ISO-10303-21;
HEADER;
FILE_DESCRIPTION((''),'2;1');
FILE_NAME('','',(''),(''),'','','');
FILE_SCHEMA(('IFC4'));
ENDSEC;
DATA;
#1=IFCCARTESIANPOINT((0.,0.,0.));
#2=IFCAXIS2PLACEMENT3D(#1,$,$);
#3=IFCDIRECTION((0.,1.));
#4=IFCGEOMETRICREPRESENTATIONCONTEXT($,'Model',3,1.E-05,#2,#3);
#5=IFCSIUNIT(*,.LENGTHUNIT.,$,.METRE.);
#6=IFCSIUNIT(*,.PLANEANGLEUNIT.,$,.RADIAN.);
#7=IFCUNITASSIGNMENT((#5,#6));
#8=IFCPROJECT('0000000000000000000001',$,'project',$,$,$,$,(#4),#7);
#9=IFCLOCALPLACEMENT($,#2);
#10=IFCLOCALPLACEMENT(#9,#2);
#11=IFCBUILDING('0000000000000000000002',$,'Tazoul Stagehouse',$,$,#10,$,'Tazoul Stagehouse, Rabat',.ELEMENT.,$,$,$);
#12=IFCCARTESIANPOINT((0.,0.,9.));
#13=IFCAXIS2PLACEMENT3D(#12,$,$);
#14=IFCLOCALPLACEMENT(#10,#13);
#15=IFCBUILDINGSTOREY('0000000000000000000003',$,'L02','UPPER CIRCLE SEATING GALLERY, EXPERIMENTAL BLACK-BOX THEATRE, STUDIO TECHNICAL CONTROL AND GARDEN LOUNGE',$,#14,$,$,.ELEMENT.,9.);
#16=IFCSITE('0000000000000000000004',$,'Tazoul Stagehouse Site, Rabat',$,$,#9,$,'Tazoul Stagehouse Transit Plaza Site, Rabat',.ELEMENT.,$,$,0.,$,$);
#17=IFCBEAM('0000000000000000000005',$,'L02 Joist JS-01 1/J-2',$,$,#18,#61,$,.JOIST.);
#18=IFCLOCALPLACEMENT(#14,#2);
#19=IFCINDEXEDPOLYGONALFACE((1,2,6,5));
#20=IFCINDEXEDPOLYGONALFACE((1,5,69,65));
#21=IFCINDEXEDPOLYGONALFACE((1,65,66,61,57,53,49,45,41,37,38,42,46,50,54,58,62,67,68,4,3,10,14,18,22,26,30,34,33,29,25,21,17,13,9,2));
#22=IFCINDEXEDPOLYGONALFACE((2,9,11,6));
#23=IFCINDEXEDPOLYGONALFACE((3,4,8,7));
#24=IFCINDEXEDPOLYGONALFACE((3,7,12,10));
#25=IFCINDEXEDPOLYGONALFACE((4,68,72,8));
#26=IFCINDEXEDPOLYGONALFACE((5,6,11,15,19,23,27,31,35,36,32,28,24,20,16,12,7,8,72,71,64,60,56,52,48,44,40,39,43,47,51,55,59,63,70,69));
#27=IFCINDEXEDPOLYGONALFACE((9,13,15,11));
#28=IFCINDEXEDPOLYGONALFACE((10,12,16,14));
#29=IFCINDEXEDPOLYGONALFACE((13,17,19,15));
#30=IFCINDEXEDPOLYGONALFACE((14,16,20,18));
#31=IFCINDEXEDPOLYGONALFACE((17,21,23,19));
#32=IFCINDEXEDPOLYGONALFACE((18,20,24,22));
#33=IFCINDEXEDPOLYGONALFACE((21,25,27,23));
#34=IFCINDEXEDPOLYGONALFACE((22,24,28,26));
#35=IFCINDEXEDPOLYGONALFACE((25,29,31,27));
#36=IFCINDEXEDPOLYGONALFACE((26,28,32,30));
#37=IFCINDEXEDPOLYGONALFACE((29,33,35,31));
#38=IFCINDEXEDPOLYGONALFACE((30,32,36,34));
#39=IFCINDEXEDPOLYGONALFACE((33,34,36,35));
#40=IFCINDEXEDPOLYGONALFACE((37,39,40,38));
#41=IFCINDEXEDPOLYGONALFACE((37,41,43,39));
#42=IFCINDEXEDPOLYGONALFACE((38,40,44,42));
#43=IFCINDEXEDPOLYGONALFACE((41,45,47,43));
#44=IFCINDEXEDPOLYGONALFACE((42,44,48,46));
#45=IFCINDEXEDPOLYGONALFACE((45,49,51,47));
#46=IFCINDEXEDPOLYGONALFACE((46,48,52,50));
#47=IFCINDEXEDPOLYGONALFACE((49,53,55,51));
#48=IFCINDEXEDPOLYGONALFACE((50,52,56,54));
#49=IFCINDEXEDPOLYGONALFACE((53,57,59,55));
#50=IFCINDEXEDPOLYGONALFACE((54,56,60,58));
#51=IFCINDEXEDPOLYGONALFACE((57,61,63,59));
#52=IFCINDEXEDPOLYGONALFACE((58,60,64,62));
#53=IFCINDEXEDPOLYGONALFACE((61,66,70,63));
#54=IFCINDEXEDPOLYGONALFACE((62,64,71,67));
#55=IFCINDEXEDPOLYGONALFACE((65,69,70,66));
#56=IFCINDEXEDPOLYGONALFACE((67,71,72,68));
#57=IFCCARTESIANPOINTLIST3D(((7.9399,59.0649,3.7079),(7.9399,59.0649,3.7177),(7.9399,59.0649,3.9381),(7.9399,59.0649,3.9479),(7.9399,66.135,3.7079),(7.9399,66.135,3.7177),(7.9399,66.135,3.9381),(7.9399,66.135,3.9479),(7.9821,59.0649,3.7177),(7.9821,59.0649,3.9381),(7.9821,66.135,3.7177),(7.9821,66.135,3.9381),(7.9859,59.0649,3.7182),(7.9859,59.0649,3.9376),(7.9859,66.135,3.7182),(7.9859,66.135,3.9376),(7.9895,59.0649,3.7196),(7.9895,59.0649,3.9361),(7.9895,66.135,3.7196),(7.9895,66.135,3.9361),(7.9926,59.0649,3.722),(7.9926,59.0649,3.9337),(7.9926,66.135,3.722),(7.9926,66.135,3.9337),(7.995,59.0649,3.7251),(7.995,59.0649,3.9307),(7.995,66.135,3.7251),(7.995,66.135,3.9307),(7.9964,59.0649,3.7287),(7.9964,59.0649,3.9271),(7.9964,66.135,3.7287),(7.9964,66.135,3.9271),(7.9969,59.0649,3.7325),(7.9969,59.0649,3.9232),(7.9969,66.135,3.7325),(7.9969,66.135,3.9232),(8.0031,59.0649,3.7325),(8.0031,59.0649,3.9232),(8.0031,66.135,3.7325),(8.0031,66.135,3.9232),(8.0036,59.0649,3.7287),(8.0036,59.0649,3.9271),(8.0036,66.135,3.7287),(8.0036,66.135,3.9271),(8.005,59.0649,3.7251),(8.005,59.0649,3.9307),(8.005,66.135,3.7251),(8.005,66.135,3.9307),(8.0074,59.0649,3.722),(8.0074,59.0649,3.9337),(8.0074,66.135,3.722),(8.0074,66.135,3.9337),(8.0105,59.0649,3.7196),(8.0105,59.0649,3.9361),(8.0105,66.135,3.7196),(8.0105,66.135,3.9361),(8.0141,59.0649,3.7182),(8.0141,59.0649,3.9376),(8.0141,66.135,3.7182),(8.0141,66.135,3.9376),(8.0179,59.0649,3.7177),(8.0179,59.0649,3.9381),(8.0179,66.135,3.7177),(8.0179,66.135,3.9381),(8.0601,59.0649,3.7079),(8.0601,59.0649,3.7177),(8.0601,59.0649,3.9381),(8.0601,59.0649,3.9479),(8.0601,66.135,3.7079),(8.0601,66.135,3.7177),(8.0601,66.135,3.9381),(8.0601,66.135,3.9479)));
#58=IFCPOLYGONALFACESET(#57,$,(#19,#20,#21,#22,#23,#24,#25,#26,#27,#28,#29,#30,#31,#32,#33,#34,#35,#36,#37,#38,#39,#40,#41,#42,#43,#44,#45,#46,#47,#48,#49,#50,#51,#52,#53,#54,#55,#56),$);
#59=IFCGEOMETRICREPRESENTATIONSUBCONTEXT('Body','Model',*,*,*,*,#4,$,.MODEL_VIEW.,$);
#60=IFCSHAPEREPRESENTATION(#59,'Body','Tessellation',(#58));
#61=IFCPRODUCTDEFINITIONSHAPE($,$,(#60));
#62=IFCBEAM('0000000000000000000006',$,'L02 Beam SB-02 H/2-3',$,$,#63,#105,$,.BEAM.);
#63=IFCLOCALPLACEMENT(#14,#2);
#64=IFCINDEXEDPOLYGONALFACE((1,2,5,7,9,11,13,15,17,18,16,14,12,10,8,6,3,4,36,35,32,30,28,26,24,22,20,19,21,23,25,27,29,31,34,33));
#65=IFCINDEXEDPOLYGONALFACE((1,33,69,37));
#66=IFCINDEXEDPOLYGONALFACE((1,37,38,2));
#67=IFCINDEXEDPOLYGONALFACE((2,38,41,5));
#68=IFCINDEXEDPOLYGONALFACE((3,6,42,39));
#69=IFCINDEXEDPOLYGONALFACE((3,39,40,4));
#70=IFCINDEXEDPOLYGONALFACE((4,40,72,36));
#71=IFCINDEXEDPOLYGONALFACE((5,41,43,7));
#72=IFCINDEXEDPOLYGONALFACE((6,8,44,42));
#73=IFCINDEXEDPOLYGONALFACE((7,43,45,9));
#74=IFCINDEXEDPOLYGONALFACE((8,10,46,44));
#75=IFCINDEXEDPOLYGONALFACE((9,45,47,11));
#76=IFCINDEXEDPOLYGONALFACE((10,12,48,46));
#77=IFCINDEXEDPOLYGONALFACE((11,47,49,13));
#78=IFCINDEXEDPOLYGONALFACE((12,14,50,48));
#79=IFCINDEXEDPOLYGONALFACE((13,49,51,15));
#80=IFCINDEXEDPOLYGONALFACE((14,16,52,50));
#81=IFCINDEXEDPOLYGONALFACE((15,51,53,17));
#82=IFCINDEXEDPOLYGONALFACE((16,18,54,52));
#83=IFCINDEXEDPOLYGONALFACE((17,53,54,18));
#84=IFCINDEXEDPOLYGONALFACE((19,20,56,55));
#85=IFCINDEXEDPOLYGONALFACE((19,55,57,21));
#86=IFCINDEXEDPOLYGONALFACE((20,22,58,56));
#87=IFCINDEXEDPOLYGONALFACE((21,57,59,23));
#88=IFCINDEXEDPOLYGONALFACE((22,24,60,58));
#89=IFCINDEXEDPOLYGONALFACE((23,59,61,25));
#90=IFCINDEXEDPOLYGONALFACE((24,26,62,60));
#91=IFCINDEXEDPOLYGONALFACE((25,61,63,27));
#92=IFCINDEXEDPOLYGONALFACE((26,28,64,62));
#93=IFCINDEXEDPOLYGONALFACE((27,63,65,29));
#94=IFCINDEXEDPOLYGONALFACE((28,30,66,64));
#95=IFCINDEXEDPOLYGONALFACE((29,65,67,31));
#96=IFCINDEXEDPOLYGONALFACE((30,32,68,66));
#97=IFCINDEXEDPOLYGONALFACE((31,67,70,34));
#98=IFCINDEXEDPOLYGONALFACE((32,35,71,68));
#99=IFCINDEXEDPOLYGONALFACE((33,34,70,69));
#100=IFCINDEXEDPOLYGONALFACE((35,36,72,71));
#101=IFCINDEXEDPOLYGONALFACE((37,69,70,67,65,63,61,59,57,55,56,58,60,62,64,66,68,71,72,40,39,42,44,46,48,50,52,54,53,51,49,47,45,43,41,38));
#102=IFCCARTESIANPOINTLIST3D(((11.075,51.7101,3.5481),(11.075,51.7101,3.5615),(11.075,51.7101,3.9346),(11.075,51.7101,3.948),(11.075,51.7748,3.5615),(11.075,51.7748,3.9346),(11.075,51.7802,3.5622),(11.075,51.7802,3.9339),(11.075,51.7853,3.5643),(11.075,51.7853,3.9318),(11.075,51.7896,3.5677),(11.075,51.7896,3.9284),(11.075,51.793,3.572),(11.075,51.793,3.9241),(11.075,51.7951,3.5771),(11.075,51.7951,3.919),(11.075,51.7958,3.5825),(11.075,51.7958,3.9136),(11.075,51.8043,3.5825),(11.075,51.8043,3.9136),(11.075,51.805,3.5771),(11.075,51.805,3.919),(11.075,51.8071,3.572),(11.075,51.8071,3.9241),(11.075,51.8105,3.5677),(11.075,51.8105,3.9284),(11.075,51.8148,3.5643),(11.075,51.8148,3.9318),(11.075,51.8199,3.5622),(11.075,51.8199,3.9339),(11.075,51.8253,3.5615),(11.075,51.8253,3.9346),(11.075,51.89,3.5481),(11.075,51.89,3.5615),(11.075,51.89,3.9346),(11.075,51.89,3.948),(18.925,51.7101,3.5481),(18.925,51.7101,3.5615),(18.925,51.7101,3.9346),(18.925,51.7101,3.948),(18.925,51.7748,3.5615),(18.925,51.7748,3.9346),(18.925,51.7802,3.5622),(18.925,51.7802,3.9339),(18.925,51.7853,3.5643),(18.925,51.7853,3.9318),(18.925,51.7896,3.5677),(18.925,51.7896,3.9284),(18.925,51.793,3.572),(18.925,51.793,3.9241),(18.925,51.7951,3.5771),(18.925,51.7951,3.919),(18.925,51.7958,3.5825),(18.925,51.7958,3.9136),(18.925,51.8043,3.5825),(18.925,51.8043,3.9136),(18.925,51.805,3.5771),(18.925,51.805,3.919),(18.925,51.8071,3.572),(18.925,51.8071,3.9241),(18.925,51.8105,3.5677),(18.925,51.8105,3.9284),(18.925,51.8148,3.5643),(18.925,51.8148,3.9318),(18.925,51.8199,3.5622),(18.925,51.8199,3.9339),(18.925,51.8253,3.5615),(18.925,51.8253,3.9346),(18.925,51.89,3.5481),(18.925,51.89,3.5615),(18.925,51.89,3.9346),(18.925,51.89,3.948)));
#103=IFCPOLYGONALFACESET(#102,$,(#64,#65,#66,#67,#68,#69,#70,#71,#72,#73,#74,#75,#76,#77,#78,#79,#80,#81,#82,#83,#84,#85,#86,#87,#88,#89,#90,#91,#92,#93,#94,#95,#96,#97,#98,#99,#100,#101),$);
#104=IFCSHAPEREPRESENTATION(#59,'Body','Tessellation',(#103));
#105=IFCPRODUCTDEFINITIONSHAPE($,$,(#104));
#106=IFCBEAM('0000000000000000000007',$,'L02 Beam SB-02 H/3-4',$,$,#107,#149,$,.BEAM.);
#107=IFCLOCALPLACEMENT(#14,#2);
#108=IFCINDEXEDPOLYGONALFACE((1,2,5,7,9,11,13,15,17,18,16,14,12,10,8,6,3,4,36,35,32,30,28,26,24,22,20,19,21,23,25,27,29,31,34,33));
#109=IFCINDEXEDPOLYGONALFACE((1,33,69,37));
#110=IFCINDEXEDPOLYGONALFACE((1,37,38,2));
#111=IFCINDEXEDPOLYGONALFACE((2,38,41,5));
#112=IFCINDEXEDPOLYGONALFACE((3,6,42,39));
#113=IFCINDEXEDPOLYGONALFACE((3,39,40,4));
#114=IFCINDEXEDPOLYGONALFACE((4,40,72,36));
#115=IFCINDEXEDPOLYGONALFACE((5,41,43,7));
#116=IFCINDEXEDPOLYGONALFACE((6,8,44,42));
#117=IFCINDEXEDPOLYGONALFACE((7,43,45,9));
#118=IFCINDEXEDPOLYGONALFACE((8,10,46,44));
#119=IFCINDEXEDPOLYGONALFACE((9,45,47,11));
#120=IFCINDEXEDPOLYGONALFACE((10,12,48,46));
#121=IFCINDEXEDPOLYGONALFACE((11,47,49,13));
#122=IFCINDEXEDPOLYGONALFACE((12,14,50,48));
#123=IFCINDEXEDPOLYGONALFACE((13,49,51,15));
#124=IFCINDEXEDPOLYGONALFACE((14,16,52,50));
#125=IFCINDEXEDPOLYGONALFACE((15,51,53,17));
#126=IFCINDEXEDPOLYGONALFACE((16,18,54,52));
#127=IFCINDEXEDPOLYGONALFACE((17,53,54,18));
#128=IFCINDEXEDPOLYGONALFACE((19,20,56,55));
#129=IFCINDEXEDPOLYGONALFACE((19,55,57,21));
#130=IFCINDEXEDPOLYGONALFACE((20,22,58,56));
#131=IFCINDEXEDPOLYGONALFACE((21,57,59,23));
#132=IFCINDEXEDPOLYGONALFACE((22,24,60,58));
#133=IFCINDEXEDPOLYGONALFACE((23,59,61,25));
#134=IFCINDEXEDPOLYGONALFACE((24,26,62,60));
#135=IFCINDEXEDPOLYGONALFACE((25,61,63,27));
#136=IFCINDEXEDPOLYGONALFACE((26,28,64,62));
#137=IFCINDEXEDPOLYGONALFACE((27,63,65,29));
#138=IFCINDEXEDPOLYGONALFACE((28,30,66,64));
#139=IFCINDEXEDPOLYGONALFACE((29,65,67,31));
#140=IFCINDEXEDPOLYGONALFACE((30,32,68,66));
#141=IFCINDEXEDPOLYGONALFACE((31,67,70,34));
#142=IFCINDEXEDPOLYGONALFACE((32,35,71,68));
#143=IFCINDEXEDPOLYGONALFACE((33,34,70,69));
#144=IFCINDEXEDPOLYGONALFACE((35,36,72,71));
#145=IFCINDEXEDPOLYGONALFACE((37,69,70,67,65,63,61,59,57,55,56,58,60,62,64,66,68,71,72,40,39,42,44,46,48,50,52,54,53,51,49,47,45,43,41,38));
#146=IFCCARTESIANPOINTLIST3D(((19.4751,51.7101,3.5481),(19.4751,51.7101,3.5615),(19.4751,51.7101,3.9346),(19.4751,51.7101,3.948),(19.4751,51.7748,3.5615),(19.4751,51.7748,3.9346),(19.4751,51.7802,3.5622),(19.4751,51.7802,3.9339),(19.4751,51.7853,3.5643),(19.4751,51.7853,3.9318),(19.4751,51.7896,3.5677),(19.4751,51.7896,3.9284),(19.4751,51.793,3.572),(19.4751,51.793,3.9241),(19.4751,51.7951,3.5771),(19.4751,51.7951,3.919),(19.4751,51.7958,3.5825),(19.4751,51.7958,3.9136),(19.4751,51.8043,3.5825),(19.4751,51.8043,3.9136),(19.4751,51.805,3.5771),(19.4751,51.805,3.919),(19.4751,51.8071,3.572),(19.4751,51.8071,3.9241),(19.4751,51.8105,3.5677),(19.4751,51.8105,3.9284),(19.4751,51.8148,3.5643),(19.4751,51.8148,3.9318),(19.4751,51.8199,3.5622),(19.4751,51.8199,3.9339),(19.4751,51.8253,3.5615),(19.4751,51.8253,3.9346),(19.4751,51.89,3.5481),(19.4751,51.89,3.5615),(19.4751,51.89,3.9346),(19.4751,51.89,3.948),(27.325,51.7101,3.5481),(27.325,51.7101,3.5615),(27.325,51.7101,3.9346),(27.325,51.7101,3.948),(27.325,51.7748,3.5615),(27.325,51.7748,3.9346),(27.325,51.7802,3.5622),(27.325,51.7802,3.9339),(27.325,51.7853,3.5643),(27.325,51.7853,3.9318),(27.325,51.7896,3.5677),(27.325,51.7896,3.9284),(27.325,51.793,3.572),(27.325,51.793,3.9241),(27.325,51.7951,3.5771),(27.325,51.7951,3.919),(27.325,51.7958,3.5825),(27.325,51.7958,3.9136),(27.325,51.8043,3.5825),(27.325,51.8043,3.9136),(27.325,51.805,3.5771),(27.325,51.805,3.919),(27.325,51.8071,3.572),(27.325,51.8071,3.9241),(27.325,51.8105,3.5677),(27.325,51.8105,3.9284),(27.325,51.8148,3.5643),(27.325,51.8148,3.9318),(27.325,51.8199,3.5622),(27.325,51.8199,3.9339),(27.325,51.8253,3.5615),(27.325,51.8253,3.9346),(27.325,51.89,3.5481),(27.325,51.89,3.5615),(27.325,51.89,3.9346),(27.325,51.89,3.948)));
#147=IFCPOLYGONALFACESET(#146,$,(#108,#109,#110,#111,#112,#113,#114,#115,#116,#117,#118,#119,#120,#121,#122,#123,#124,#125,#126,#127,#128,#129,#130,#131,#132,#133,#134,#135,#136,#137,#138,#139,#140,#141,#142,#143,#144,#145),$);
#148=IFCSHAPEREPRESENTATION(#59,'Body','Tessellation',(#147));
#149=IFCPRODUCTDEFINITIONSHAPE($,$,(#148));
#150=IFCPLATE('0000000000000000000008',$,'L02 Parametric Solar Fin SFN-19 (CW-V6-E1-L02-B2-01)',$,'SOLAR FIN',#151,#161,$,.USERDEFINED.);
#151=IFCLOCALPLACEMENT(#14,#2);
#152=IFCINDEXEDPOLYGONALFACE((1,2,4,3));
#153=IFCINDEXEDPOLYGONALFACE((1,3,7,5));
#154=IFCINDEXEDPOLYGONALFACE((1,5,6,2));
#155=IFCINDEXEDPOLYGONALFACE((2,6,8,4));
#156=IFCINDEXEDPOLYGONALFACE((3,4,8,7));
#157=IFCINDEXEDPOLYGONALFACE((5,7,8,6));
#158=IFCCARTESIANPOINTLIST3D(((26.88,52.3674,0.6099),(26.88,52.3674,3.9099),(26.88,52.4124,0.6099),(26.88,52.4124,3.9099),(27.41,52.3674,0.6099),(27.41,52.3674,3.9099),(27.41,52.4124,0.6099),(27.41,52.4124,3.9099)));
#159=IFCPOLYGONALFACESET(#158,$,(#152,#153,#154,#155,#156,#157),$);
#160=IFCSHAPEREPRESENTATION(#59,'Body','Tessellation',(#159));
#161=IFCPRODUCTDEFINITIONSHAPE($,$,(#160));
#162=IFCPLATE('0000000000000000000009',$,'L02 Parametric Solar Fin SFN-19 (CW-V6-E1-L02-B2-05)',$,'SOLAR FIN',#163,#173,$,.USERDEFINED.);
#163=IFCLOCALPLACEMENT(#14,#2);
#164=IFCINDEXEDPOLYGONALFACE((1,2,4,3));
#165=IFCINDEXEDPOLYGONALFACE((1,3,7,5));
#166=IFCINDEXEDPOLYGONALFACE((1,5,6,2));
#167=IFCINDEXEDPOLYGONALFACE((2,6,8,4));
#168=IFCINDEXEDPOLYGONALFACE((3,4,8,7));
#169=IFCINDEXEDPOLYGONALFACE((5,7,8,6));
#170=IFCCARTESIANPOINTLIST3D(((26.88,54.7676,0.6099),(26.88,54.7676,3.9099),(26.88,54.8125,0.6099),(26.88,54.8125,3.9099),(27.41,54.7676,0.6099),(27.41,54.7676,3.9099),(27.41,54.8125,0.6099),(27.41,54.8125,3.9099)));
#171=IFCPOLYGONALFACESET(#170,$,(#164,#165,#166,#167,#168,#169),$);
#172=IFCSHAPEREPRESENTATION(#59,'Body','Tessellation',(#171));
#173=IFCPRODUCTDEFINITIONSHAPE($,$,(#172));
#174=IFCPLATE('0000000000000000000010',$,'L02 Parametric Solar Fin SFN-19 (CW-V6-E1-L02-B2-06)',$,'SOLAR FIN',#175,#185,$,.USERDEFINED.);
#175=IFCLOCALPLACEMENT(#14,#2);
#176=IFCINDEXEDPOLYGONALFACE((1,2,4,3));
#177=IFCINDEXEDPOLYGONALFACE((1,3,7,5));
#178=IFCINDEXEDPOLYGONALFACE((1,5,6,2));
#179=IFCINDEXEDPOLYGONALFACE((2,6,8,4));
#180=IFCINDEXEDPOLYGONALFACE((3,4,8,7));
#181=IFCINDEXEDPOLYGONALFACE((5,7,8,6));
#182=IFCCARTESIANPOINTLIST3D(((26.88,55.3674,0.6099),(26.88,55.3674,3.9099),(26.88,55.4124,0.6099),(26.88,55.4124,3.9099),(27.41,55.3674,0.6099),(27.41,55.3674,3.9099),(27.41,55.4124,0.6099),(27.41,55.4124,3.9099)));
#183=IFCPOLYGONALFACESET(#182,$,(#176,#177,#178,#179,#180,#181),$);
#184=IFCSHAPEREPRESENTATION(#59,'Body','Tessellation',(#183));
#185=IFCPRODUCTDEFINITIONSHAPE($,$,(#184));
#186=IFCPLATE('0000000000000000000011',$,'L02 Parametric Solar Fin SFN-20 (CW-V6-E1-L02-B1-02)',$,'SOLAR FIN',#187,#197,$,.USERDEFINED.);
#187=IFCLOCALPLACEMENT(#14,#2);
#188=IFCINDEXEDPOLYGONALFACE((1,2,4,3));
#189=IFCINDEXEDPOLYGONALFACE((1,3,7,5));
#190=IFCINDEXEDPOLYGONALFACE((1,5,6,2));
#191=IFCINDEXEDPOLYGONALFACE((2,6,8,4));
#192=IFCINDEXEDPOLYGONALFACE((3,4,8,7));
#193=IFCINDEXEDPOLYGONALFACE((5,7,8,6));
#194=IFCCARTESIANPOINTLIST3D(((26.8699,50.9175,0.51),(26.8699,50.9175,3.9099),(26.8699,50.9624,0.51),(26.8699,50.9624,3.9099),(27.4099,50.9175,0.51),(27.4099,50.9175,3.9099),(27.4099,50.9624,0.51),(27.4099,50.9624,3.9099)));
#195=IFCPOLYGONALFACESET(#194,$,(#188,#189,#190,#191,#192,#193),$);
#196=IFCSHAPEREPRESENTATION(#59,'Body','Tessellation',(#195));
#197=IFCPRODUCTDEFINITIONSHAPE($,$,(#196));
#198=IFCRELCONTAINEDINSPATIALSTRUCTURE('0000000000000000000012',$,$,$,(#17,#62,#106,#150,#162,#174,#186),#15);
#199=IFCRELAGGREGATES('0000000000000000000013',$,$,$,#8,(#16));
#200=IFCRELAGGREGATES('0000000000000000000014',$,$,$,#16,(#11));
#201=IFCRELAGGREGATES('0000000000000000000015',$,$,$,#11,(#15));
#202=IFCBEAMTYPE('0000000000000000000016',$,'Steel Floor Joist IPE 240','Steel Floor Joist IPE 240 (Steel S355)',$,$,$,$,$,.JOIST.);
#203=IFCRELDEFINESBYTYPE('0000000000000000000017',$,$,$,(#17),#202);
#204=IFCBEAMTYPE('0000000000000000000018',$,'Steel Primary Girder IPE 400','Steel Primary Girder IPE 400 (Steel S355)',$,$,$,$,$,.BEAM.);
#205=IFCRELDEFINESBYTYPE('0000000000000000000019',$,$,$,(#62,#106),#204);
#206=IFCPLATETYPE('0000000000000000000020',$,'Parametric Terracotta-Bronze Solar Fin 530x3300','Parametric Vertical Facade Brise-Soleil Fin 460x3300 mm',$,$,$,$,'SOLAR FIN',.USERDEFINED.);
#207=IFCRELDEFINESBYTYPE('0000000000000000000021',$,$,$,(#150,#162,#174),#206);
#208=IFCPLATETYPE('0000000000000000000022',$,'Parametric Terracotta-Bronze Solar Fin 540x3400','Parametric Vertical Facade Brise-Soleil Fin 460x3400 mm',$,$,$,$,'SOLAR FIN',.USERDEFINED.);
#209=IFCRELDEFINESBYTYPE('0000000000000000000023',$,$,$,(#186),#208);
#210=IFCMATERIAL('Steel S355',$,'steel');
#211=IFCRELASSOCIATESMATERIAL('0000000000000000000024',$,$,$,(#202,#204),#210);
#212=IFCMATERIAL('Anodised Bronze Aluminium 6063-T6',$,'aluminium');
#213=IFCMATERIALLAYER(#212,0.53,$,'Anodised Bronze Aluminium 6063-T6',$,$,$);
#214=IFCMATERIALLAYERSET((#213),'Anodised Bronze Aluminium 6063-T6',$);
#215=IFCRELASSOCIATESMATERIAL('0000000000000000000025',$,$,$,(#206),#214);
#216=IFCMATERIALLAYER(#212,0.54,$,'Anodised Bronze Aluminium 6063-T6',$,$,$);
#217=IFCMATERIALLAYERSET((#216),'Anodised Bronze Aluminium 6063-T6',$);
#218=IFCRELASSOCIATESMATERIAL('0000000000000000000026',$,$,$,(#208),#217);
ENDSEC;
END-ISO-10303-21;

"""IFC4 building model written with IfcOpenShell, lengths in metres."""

from ifc_helpers import new_model, si_unit, direction, frame, origin, origin_2d, place, context, subcontext, project, spatial, rectangle, i_section, extrude, material, layer, layer_set, material_profile, profile_set, type_object, element, save


model = new_model("IFC4")

# Units and contexts
model_context = context("Model", 3, precision=1e-05, world=origin(), true_north=direction((0.0, 1.0)))
body_context = subcontext(model_context, "Body", "Model", "MODEL_VIEW")
ifc_project = project(units=[si_unit("LENGTHUNIT", "METRE"), si_unit("PLANEANGLEUNIT", "RADIAN")], contexts=[model_context])

# Site, building, storey
site_placement = place(None, origin())
site = spatial("IfcSite", under=ifc_project, at=site_placement, Name="Tazoul Stagehouse Site, Rabat", LongName="Tazoul Stagehouse Transit Plaza Site, Rabat", CompositionType="ELEMENT", RefElevation=0.0)
building_placement = place(site_placement, origin())
building = spatial("IfcBuilding", under=site, at=building_placement, Name="Tazoul Stagehouse", LongName="Tazoul Stagehouse, Rabat", CompositionType="ELEMENT")
storey_placement = place(building_placement, frame((0.0, 0.0, 9.0)))
storey = spatial("IfcBuildingStorey", under=building, at=storey_placement, Name="L02", Description="UPPER CIRCLE SEATING GALLERY, EXPERIMENTAL BLACK-BOX THEATRE, STUDIO TECHNICAL CONTROL AND GARDEN LOUNGE", CompositionType="ELEMENT", Elevation=9.0)

# Beams
ifc_material_1 = material(Name="Steel S355", Category="steel")
ifc_material_profile_1 = material_profile(ifc_material_1, i_section(OverallWidth=0.1201, OverallDepth=0.24, WebThickness=0.0061, FlangeThickness=0.0098, FilletRadius=0.0149, at=origin_2d()), Name="IPE 240")
ifc_profile_set_1 = profile_set([ifc_material_profile_1], Name="Steel S355")
beam_type_1 = type_object("IfcBeamType", Name="Steel Floor Joist IPE 240", Description="Steel Floor Joist IPE 240 (Steel S355)", PredefinedType="JOIST", material=ifc_profile_set_1)
for number, where, z_axis, x_axis, name in (
    (1, (8.0, 59.0649, 3.8279), (0.0, 1.0, 0.0), (-1.0, 0.0, 0.0), "L02 Joist JS-01 1/J-2"),
):
    element("IfcBeam", number, at=place(storey_placement, frame(where, z_axis=z_axis, x_axis=x_axis)), inside=storey, type_object=beam_type_1, Name=name, PredefinedType="JOIST", context=body_context, shape_type="SweptSolid", body=[
        extrude(i_section(OverallWidth=0.1201, OverallDepth=0.24, WebThickness=0.0061, FlangeThickness=0.0098, FilletRadius=0.0149, at=origin_2d()), origin(), (0.0, 0.0, 1.0), 7.0701),
    ])
ifc_material_profile_2 = material_profile(ifc_material_1, i_section(OverallWidth=0.1799, OverallDepth=0.3999, WebThickness=0.0085, FlangeThickness=0.0134, FilletRadius=0.021, at=origin_2d()), Name="IPE 400")
ifc_profile_set_2 = profile_set([ifc_material_profile_2], Name="Steel S355")
beam_type_2 = type_object("IfcBeamType", Name="Steel Primary Girder IPE 400", Description="Steel Primary Girder IPE 400 (Steel S355)", PredefinedType="BEAM", material=ifc_profile_set_2)
beam_1_placement = place(storey_placement, frame((11.075, 51.8, 3.748), z_axis=(1.0, 0.0, 0.0), x_axis=(0.0, 1.0, 0.0)))
element("IfcBeam", 2, at=beam_1_placement, inside=storey, type_object=beam_type_2, Name="L02 Beam SB-02 H/2-3", PredefinedType="BEAM", context=body_context, shape_type="SweptSolid", body=[
    extrude(i_section(OverallWidth=0.1799, OverallDepth=0.3999, WebThickness=0.0085, FlangeThickness=0.0134, FilletRadius=0.021, at=origin_2d()), origin(), (0.0, 0.0, 1.0), 7.8501),
])
beam_2_placement = place(storey_placement, frame((19.4751, 51.8, 3.748), z_axis=(1.0, 0.0, 0.0), x_axis=(0.0, 1.0, 0.0)))
element("IfcBeam", 3, at=beam_2_placement, inside=storey, type_object=beam_type_2, Name="L02 Beam SB-02 H/3-4", PredefinedType="BEAM", context=body_context, shape_type="SweptSolid", body=[
    extrude(i_section(OverallWidth=0.1799, OverallDepth=0.3999, WebThickness=0.0085, FlangeThickness=0.0134, FilletRadius=0.021, at=origin_2d()), origin(), (0.0, 0.0, 1.0), 7.8499),
])

# Plates
ifc_material_2 = material(Name="Anodised Bronze Aluminium 6063-T6", Category="aluminium")
ifc_layer_1 = layer(ifc_material_2, 0.53, Name="Anodised Bronze Aluminium 6063-T6")
ifc_layer_set_1 = layer_set([ifc_layer_1], Name="Anodised Bronze Aluminium 6063-T6")
plate_type_1 = type_object("IfcPlateType", Name="Parametric Terracotta-Bronze Solar Fin 530x3300", Description="Parametric Vertical Facade Brise-Soleil Fin 460x3300 mm", ElementType="SOLAR FIN", PredefinedType="USERDEFINED", material=ifc_layer_set_1)
for number, where, z_axis, x_axis, name in (
    (4, (27.145, 52.3899, 0.6099), (0.0, 0.0, 1.0), (0.0, 1.0, 0.0), "L02 Parametric Solar Fin SFN-19 (CW-V6-E1-L02-B2-01)"),
    (5, (27.145, 54.79, 0.6099), (0.0, 0.0, 1.0), (0.0, 1.0, 0.0), "L02 Parametric Solar Fin SFN-19 (CW-V6-E1-L02-B2-05)"),
    (6, (27.145, 55.3899, 0.6099), (0.0, 0.0, 1.0), (0.0, 1.0, 0.0), "L02 Parametric Solar Fin SFN-19 (CW-V6-E1-L02-B2-06)"),
):
    element("IfcPlate", number, at=place(storey_placement, frame(where, z_axis=z_axis, x_axis=x_axis)), inside=storey, type_object=plate_type_1, Name=name, ObjectType="SOLAR FIN", PredefinedType="USERDEFINED", context=body_context, shape_type="SweptSolid", body=[
        extrude(rectangle(XDim=0.0449, YDim=0.53, at=origin_2d()), origin(), (0.0, 0.0, 1.0), 3.3),
    ])
ifc_layer_2 = layer(ifc_material_2, 0.54, Name="Anodised Bronze Aluminium 6063-T6")
ifc_layer_set_2 = layer_set([ifc_layer_2], Name="Anodised Bronze Aluminium 6063-T6")
plate_type_2 = type_object("IfcPlateType", Name="Parametric Terracotta-Bronze Solar Fin 540x3400", Description="Parametric Vertical Facade Brise-Soleil Fin 460x3400 mm", ElementType="SOLAR FIN", PredefinedType="USERDEFINED", material=ifc_layer_set_2)
for number, where, z_axis, x_axis, name in (
    (7, (27.1399, 50.9399, 0.51), (0.0, 0.0, 1.0), (0.0, 1.0, 0.0), "L02 Parametric Solar Fin SFN-20 (CW-V6-E1-L02-B1-02)"),
):
    element("IfcPlate", number, at=place(storey_placement, frame(where, z_axis=z_axis, x_axis=x_axis)), inside=storey, type_object=plate_type_2, Name=name, ObjectType="SOLAR FIN", PredefinedType="USERDEFINED", context=body_context, shape_type="SweptSolid", body=[
        extrude(rectangle(XDim=0.0449, YDim=0.54, at=origin_2d()), origin(), (0.0, 0.0, 1.0), 3.3999),
    ])

save(model, "model.ifc")
